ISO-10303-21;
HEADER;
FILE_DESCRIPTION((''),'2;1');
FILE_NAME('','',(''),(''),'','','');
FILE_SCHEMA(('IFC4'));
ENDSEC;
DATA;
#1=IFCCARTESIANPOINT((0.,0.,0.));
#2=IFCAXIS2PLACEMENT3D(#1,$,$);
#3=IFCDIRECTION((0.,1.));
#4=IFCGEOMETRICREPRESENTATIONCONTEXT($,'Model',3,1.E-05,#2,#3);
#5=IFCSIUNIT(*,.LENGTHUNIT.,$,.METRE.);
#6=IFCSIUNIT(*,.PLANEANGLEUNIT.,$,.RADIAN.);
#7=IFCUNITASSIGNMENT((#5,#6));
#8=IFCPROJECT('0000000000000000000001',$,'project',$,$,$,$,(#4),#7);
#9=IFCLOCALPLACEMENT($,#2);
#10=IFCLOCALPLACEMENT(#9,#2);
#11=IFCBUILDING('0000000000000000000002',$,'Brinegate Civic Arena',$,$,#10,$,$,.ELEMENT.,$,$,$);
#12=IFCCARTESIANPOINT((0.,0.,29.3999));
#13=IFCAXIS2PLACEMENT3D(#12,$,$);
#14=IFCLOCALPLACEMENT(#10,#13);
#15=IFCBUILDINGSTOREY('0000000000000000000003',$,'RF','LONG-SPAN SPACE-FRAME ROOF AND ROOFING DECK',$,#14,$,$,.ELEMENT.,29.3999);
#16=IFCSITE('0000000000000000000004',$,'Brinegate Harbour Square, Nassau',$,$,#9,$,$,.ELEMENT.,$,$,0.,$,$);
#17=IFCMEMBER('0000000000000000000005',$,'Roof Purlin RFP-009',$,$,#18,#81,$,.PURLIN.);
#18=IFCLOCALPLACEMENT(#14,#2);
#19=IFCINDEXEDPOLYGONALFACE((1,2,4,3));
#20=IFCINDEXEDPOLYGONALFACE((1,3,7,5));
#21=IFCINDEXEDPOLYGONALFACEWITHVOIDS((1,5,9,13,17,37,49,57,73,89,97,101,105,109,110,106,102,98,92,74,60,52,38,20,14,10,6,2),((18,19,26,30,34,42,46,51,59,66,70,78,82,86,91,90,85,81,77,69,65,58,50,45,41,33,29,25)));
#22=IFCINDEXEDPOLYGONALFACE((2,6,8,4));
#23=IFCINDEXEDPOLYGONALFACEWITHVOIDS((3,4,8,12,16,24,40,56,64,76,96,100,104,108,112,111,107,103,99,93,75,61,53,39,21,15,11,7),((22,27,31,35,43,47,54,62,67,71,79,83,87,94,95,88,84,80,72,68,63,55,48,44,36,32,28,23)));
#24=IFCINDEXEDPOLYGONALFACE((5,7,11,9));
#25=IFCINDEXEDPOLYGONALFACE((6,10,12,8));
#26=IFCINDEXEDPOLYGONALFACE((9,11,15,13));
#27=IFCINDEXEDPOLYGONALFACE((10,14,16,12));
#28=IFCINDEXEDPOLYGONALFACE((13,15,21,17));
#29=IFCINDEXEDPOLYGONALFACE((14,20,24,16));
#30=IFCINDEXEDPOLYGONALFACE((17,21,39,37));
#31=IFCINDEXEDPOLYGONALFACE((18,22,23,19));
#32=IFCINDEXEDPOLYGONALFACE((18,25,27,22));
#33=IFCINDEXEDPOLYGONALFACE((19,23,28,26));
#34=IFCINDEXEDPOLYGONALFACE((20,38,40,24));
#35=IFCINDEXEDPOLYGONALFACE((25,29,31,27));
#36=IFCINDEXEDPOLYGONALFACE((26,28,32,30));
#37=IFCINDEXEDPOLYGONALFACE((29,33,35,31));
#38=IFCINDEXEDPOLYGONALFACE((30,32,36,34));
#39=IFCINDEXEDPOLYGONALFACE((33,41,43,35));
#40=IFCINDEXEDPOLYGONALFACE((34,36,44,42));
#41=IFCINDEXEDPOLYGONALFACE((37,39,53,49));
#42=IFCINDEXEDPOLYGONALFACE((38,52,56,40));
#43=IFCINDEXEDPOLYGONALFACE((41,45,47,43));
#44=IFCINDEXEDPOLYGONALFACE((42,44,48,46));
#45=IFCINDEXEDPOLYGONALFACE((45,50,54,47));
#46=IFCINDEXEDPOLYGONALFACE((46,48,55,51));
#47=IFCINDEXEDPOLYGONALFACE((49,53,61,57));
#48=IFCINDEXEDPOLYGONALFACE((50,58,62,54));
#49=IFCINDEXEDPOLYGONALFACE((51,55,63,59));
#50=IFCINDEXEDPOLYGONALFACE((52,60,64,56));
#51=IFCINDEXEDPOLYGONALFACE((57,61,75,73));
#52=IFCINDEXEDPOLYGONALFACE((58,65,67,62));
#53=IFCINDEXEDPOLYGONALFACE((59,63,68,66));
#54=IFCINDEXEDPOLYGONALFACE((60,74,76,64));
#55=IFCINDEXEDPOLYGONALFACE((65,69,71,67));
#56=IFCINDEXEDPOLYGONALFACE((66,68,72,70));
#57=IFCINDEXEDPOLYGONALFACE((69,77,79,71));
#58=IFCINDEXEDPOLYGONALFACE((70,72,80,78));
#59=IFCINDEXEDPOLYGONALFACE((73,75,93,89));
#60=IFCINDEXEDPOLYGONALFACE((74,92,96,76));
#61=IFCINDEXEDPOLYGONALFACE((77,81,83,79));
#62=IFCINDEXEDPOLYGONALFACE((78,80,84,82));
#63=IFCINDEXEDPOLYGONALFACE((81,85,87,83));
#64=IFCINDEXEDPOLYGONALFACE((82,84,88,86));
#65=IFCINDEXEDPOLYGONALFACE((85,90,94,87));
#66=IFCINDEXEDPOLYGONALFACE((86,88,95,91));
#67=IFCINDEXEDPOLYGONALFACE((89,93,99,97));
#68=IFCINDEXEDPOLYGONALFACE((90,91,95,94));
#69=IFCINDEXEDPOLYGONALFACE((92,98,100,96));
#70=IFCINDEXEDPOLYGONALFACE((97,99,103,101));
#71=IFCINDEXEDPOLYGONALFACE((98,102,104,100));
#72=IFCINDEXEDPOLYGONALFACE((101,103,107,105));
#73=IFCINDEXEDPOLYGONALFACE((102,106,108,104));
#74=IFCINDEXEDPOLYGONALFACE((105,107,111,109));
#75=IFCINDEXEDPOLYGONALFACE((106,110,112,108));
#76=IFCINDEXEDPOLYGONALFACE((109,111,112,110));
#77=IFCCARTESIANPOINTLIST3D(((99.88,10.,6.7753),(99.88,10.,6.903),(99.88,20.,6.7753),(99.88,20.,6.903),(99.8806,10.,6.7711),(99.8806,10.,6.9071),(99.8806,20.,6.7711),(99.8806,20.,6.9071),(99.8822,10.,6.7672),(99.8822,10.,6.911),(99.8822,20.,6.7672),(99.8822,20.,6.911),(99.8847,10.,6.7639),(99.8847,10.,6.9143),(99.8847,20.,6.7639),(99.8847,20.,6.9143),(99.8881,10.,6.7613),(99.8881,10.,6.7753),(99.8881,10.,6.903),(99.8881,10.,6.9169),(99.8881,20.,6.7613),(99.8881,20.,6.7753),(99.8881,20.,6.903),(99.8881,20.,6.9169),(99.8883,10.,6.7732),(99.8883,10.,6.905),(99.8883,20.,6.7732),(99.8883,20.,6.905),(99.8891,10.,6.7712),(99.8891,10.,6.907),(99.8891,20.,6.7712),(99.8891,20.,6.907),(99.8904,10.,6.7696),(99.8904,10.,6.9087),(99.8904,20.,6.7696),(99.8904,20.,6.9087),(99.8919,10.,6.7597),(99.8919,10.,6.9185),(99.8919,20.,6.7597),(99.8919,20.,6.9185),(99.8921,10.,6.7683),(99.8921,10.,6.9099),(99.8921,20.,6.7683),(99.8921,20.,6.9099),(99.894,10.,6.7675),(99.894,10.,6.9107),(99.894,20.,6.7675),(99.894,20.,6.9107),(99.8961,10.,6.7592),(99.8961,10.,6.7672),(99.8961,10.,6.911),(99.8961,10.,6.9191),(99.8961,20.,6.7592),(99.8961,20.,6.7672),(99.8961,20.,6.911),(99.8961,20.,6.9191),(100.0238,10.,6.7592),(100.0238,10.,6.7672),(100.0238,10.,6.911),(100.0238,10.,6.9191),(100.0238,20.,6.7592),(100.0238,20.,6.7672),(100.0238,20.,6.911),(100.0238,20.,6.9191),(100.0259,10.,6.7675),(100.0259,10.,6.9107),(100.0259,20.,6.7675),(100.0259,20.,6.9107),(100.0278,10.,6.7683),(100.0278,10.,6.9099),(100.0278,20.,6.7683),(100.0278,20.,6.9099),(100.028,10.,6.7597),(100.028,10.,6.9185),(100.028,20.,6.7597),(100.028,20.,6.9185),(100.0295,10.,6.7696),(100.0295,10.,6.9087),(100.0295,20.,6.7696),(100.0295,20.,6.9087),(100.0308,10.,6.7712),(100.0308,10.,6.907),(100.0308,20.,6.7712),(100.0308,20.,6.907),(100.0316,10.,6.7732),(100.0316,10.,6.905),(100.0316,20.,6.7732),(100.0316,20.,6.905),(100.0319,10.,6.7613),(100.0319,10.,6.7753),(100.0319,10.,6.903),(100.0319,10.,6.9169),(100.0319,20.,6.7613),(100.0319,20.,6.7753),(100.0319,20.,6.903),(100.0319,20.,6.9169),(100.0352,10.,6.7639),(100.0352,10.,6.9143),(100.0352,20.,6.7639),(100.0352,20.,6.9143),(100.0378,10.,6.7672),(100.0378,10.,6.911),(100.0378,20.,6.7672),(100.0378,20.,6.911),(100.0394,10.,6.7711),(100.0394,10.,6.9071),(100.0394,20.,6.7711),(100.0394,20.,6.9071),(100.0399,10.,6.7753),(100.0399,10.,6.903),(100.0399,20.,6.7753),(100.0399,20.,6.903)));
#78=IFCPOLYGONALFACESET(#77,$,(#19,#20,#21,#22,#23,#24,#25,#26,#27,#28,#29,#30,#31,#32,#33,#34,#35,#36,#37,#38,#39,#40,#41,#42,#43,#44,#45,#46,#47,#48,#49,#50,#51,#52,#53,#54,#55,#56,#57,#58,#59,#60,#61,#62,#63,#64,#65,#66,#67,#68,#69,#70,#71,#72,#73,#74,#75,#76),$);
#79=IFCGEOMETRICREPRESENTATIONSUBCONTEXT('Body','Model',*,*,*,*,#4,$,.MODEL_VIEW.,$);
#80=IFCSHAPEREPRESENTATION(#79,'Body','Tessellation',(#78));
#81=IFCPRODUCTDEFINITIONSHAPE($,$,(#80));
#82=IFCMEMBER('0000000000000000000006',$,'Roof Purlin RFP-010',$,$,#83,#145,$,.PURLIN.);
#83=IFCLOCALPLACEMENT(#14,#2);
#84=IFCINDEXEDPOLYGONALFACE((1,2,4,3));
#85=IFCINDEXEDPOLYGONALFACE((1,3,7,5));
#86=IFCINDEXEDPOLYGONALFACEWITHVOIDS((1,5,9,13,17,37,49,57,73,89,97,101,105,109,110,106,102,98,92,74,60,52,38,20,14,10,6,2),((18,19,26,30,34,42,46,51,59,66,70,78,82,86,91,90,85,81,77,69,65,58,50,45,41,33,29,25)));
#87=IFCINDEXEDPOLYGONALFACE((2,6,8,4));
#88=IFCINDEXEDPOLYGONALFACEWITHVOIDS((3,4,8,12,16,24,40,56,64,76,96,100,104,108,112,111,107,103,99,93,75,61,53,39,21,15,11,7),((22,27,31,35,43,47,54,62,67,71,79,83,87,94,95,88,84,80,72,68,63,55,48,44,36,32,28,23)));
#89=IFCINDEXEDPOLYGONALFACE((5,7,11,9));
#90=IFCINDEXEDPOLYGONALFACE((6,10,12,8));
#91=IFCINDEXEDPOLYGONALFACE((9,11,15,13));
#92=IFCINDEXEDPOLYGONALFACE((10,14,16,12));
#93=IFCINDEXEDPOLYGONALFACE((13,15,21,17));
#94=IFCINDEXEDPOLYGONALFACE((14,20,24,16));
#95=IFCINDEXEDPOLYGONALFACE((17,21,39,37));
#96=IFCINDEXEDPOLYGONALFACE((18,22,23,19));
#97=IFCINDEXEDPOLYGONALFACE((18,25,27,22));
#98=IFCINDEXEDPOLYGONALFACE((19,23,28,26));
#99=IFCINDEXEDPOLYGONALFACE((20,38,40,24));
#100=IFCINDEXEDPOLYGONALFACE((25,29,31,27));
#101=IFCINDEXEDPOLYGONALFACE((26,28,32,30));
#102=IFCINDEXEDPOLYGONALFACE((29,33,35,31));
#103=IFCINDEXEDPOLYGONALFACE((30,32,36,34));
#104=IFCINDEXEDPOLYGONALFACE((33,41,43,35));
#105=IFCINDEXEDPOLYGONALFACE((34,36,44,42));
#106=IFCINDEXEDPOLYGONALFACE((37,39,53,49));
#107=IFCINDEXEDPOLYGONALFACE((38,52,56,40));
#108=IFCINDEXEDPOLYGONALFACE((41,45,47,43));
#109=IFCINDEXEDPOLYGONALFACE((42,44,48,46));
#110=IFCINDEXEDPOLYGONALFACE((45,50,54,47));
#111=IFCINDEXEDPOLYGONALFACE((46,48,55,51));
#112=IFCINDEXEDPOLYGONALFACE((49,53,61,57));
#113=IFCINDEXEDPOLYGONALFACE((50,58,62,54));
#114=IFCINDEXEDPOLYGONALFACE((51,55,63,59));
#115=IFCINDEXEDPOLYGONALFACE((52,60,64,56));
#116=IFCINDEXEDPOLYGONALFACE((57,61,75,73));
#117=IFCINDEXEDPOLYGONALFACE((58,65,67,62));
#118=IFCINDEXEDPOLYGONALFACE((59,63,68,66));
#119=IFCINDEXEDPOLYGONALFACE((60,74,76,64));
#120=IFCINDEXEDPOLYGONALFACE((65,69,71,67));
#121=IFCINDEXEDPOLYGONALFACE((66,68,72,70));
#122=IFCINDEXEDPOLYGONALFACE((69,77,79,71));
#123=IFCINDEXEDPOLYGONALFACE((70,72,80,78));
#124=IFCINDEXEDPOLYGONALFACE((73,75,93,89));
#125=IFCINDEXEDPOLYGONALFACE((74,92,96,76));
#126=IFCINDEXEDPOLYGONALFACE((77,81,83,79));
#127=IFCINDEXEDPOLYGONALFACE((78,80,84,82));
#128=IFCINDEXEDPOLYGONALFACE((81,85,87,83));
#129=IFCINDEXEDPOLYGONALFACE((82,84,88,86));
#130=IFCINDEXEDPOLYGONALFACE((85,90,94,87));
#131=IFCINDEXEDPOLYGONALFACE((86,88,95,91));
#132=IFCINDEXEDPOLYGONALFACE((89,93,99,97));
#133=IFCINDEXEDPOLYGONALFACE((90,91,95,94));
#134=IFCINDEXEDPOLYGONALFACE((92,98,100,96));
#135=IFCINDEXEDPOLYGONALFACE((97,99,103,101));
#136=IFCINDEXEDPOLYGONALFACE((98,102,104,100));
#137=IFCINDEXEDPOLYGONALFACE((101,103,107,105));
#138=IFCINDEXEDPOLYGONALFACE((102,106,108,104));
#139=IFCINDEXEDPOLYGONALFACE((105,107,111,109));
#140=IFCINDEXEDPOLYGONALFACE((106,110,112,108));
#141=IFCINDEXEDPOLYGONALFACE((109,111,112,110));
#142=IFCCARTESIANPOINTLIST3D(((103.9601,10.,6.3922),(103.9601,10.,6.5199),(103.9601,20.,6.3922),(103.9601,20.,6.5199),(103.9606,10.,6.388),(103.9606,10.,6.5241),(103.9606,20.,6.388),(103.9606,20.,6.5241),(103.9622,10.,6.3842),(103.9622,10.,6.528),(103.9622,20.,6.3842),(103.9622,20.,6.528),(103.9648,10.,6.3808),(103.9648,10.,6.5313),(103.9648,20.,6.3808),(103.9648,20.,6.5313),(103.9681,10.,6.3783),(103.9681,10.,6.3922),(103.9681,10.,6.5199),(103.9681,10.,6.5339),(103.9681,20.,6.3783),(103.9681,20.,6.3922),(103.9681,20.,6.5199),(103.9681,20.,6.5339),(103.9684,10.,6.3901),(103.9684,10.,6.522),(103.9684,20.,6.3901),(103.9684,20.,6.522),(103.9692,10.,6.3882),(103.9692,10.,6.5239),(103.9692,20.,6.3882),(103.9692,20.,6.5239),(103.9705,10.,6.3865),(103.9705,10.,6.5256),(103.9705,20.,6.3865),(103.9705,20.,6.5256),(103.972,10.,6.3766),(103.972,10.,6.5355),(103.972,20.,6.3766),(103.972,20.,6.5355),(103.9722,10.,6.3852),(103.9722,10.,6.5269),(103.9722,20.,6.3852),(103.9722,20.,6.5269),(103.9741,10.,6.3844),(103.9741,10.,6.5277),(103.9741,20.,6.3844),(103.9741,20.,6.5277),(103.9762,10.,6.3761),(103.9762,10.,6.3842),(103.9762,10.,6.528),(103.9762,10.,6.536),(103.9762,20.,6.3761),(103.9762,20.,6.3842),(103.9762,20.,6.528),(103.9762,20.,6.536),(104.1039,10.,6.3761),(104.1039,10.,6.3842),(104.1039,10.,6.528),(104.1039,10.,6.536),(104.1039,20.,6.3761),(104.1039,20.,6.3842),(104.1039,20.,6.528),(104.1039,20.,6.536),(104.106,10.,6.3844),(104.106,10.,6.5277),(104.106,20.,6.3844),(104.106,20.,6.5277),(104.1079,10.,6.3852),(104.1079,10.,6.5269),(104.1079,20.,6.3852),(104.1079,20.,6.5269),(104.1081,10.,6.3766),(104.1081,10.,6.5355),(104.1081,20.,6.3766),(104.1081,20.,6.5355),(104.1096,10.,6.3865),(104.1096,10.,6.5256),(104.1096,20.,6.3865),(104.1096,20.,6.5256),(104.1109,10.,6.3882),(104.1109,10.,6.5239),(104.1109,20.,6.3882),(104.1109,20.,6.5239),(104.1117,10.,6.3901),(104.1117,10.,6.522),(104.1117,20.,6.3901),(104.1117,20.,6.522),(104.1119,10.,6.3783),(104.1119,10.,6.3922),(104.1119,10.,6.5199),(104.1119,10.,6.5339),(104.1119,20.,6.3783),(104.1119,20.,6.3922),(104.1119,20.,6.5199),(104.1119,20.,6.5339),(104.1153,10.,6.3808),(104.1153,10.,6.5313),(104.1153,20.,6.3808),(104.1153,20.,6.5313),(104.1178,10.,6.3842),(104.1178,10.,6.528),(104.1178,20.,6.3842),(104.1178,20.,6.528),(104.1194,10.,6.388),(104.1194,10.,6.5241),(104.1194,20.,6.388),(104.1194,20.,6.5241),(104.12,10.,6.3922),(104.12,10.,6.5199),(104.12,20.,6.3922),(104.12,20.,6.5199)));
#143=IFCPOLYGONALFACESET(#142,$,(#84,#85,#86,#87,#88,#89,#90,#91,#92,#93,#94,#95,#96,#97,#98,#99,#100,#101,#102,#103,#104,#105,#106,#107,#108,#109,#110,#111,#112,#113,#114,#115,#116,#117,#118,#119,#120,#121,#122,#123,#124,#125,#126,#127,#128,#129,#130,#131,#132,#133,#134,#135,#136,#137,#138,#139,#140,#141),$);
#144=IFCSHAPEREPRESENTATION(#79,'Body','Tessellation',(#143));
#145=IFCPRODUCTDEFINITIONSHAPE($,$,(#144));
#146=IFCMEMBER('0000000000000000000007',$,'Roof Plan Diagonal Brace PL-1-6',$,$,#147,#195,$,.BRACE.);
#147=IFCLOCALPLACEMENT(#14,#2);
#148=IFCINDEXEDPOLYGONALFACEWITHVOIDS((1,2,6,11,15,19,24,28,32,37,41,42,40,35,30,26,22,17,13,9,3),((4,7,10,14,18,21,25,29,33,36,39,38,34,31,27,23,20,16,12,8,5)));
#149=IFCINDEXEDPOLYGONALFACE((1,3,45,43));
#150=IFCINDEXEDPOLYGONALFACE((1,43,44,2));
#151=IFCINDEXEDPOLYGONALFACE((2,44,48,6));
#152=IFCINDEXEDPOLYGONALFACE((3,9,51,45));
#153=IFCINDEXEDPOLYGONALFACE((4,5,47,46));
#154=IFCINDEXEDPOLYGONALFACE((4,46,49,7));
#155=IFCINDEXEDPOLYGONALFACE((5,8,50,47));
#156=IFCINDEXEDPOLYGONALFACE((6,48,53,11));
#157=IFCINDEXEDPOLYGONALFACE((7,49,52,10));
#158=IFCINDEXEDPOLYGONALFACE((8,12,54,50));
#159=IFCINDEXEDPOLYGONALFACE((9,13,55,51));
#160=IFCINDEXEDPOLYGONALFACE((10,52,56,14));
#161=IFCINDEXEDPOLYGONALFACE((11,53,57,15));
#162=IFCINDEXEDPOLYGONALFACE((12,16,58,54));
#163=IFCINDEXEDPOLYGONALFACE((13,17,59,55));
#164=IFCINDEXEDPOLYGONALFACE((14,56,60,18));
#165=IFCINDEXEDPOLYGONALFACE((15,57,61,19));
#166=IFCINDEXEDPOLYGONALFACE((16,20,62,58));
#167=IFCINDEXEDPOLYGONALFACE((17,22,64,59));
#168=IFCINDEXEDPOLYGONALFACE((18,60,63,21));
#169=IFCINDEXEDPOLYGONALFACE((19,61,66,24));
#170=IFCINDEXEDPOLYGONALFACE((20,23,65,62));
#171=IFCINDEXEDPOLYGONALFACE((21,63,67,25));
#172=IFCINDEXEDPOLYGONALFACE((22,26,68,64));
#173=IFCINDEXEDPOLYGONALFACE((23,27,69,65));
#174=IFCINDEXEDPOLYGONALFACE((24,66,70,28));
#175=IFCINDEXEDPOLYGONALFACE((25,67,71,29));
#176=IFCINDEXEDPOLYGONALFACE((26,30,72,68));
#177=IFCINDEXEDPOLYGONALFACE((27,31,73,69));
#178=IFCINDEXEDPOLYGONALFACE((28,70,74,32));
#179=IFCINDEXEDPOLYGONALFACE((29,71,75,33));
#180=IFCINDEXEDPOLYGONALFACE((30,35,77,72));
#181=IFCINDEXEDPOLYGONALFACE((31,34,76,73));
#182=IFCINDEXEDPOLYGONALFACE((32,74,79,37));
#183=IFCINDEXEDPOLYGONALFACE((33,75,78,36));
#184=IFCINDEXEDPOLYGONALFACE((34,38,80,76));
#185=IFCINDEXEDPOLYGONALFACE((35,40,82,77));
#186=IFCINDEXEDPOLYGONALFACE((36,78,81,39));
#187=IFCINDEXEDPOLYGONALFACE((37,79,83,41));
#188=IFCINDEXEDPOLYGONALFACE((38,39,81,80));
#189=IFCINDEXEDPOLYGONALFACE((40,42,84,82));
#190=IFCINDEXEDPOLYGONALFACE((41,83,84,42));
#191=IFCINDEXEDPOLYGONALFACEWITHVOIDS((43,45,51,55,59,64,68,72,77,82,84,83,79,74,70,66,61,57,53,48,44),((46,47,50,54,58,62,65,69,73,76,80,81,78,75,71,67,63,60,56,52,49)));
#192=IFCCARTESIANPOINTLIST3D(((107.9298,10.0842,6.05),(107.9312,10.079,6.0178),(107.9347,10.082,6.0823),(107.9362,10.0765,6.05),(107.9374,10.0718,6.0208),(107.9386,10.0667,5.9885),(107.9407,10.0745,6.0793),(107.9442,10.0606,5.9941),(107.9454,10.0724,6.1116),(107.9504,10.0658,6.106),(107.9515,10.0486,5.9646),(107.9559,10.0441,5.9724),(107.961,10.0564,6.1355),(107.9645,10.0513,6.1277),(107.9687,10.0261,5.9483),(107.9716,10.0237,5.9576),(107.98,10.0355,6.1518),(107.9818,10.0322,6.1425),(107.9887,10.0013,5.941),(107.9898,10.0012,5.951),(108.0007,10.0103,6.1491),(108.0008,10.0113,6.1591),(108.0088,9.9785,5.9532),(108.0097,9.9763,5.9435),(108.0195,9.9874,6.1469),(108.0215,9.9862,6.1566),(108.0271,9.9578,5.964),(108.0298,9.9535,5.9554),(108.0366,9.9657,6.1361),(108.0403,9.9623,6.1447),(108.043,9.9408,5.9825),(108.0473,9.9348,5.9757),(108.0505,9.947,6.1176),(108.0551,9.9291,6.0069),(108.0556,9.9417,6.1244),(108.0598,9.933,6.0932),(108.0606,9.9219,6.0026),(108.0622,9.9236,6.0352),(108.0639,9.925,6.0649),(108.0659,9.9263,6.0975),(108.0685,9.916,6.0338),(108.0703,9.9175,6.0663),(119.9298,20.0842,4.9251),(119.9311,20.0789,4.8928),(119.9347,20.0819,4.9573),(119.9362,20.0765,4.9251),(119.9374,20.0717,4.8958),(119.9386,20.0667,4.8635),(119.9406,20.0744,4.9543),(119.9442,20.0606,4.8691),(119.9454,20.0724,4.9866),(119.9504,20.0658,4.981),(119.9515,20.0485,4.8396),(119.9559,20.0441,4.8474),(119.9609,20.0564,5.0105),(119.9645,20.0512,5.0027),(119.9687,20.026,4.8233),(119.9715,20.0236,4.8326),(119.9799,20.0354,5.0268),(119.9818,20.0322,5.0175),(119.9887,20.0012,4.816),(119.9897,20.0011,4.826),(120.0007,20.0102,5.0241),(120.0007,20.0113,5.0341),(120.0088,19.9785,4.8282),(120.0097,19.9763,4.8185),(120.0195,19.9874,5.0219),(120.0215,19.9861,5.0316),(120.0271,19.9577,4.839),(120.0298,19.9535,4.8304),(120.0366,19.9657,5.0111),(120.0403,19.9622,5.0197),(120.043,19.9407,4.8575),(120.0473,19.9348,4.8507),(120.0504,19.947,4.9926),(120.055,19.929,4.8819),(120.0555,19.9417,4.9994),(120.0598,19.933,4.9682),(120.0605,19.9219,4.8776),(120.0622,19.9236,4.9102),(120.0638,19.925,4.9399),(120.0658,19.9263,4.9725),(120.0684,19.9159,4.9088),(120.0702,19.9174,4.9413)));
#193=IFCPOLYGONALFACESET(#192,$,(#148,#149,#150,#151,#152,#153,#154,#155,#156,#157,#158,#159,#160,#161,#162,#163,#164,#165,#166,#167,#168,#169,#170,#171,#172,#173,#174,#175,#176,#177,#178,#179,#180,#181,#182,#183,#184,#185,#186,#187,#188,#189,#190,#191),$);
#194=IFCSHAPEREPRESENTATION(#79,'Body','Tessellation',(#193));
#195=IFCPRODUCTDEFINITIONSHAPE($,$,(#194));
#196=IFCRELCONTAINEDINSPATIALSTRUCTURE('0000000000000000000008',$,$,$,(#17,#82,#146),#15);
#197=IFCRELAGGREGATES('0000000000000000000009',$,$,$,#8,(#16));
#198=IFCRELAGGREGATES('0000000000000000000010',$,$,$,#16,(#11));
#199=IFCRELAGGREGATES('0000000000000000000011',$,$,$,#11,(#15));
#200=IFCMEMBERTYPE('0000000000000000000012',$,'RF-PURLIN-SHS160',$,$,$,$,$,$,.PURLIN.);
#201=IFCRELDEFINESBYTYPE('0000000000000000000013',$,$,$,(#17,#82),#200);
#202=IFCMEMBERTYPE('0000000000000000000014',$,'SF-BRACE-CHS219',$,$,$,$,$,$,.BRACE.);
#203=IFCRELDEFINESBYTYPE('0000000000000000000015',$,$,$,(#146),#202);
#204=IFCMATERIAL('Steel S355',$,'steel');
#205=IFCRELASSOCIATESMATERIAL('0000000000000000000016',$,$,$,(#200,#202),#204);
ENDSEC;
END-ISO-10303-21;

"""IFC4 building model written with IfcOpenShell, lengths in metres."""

from ifc_helpers import new_model, si_unit, direction, frame, origin, origin_2d, place, context, subcontext, project, spatial, hollow_rectangle, hollow_circle, extrude, material, material_profile, profile_set, type_object, element, save


model = new_model("IFC4")

# Units and contexts
model_context = context("Model", 3, precision=1e-05, world=origin(), true_north=direction((0.0, 1.0)))
body_context = subcontext(model_context, "Body", "Model", "MODEL_VIEW")
ifc_project = project(units=[si_unit("LENGTHUNIT", "METRE"), si_unit("PLANEANGLEUNIT", "RADIAN")], contexts=[model_context])

# Site, building, storey
site_placement = place(None, origin())
site = spatial("IfcSite", under=ifc_project, at=site_placement, Name="Brinegate Harbour Square, Nassau", CompositionType="ELEMENT", RefElevation=0.0)
building_placement = place(site_placement, origin())
building = spatial("IfcBuilding", under=site, at=building_placement, Name="Brinegate Civic Arena", CompositionType="ELEMENT")
storey_placement = place(building_placement, frame((0.0, 0.0, 29.3999)))
storey = spatial("IfcBuildingStorey", under=building, at=storey_placement, Name="RF", Description="LONG-SPAN SPACE-FRAME ROOF AND ROOFING DECK", CompositionType="ELEMENT", Elevation=29.3999)

# Shared definitions
ifc_material_1 = material(Name="Steel S355", Category="steel")

# Members
ifc_material_profile_1 = material_profile(ifc_material_1, hollow_rectangle(XDim=0.1599, YDim=0.1599, WallThickness=0.0081, InnerFilletRadius=0.0081, OuterFilletRadius=0.0161, at=origin_2d()), Name="SHS160X8")
ifc_profile_set_1 = profile_set([ifc_material_profile_1], Name="Steel S355")
member_type_1 = type_object("IfcMemberType", Name="RF-PURLIN-SHS160", PredefinedType="PURLIN", material=ifc_profile_set_1)
for number, where, z_axis, x_axis, name in (
    (1, (99.96, 10.0, 6.8391), (0.0, 1.0, 0.0), (-1.0, 0.0, 0.0), "Roof Purlin RFP-009"),
    (2, (104.04, 10.0, 6.4561), (0.0, 1.0, 0.0), (-1.0, 0.0, 0.0), "Roof Purlin RFP-010"),
):
    element("IfcMember", number, at=place(storey_placement, frame(where, z_axis=z_axis, x_axis=x_axis)), inside=storey, type_object=member_type_1, Name=name, PredefinedType="PURLIN", context=body_context, shape_type="SweptSolid", body=[
        extrude(hollow_rectangle(XDim=0.1599, YDim=0.1599, WallThickness=0.0081, InnerFilletRadius=0.0081, OuterFilletRadius=0.0161, at=origin_2d()), origin(), (0.0, 0.0, 1.0), 10.0),
    ])
ifc_material_profile_2 = material_profile(ifc_material_1, hollow_circle(Radius=0.1096, WallThickness=0.01, at=origin_2d()), Name="CHS219X10")
ifc_profile_set_2 = profile_set([ifc_material_profile_2], Name="Steel S355")
member_type_2 = type_object("IfcMemberType", Name="SF-BRACE-CHS219", PredefinedType="BRACE", material=ifc_profile_set_2)
member_1_placement = place(storey_placement, frame((108.0, 10.0, 6.05), z_axis=(0.766237, 0.638531, -0.071835), x_axis=(-0.640184, 0.768221, 0.0)))
element("IfcMember", 3, at=member_1_placement, inside=storey, type_object=member_type_2, Name="Roof Plan Diagonal Brace PL-1-6", PredefinedType="BRACE", context=body_context, shape_type="SweptSolid", body=[
    extrude(hollow_circle(Radius=0.1096, WallThickness=0.01, at=origin_2d()), origin(), (0.0, 0.0, 1.0), 15.6609),
])

save(model, "model.ifc")
